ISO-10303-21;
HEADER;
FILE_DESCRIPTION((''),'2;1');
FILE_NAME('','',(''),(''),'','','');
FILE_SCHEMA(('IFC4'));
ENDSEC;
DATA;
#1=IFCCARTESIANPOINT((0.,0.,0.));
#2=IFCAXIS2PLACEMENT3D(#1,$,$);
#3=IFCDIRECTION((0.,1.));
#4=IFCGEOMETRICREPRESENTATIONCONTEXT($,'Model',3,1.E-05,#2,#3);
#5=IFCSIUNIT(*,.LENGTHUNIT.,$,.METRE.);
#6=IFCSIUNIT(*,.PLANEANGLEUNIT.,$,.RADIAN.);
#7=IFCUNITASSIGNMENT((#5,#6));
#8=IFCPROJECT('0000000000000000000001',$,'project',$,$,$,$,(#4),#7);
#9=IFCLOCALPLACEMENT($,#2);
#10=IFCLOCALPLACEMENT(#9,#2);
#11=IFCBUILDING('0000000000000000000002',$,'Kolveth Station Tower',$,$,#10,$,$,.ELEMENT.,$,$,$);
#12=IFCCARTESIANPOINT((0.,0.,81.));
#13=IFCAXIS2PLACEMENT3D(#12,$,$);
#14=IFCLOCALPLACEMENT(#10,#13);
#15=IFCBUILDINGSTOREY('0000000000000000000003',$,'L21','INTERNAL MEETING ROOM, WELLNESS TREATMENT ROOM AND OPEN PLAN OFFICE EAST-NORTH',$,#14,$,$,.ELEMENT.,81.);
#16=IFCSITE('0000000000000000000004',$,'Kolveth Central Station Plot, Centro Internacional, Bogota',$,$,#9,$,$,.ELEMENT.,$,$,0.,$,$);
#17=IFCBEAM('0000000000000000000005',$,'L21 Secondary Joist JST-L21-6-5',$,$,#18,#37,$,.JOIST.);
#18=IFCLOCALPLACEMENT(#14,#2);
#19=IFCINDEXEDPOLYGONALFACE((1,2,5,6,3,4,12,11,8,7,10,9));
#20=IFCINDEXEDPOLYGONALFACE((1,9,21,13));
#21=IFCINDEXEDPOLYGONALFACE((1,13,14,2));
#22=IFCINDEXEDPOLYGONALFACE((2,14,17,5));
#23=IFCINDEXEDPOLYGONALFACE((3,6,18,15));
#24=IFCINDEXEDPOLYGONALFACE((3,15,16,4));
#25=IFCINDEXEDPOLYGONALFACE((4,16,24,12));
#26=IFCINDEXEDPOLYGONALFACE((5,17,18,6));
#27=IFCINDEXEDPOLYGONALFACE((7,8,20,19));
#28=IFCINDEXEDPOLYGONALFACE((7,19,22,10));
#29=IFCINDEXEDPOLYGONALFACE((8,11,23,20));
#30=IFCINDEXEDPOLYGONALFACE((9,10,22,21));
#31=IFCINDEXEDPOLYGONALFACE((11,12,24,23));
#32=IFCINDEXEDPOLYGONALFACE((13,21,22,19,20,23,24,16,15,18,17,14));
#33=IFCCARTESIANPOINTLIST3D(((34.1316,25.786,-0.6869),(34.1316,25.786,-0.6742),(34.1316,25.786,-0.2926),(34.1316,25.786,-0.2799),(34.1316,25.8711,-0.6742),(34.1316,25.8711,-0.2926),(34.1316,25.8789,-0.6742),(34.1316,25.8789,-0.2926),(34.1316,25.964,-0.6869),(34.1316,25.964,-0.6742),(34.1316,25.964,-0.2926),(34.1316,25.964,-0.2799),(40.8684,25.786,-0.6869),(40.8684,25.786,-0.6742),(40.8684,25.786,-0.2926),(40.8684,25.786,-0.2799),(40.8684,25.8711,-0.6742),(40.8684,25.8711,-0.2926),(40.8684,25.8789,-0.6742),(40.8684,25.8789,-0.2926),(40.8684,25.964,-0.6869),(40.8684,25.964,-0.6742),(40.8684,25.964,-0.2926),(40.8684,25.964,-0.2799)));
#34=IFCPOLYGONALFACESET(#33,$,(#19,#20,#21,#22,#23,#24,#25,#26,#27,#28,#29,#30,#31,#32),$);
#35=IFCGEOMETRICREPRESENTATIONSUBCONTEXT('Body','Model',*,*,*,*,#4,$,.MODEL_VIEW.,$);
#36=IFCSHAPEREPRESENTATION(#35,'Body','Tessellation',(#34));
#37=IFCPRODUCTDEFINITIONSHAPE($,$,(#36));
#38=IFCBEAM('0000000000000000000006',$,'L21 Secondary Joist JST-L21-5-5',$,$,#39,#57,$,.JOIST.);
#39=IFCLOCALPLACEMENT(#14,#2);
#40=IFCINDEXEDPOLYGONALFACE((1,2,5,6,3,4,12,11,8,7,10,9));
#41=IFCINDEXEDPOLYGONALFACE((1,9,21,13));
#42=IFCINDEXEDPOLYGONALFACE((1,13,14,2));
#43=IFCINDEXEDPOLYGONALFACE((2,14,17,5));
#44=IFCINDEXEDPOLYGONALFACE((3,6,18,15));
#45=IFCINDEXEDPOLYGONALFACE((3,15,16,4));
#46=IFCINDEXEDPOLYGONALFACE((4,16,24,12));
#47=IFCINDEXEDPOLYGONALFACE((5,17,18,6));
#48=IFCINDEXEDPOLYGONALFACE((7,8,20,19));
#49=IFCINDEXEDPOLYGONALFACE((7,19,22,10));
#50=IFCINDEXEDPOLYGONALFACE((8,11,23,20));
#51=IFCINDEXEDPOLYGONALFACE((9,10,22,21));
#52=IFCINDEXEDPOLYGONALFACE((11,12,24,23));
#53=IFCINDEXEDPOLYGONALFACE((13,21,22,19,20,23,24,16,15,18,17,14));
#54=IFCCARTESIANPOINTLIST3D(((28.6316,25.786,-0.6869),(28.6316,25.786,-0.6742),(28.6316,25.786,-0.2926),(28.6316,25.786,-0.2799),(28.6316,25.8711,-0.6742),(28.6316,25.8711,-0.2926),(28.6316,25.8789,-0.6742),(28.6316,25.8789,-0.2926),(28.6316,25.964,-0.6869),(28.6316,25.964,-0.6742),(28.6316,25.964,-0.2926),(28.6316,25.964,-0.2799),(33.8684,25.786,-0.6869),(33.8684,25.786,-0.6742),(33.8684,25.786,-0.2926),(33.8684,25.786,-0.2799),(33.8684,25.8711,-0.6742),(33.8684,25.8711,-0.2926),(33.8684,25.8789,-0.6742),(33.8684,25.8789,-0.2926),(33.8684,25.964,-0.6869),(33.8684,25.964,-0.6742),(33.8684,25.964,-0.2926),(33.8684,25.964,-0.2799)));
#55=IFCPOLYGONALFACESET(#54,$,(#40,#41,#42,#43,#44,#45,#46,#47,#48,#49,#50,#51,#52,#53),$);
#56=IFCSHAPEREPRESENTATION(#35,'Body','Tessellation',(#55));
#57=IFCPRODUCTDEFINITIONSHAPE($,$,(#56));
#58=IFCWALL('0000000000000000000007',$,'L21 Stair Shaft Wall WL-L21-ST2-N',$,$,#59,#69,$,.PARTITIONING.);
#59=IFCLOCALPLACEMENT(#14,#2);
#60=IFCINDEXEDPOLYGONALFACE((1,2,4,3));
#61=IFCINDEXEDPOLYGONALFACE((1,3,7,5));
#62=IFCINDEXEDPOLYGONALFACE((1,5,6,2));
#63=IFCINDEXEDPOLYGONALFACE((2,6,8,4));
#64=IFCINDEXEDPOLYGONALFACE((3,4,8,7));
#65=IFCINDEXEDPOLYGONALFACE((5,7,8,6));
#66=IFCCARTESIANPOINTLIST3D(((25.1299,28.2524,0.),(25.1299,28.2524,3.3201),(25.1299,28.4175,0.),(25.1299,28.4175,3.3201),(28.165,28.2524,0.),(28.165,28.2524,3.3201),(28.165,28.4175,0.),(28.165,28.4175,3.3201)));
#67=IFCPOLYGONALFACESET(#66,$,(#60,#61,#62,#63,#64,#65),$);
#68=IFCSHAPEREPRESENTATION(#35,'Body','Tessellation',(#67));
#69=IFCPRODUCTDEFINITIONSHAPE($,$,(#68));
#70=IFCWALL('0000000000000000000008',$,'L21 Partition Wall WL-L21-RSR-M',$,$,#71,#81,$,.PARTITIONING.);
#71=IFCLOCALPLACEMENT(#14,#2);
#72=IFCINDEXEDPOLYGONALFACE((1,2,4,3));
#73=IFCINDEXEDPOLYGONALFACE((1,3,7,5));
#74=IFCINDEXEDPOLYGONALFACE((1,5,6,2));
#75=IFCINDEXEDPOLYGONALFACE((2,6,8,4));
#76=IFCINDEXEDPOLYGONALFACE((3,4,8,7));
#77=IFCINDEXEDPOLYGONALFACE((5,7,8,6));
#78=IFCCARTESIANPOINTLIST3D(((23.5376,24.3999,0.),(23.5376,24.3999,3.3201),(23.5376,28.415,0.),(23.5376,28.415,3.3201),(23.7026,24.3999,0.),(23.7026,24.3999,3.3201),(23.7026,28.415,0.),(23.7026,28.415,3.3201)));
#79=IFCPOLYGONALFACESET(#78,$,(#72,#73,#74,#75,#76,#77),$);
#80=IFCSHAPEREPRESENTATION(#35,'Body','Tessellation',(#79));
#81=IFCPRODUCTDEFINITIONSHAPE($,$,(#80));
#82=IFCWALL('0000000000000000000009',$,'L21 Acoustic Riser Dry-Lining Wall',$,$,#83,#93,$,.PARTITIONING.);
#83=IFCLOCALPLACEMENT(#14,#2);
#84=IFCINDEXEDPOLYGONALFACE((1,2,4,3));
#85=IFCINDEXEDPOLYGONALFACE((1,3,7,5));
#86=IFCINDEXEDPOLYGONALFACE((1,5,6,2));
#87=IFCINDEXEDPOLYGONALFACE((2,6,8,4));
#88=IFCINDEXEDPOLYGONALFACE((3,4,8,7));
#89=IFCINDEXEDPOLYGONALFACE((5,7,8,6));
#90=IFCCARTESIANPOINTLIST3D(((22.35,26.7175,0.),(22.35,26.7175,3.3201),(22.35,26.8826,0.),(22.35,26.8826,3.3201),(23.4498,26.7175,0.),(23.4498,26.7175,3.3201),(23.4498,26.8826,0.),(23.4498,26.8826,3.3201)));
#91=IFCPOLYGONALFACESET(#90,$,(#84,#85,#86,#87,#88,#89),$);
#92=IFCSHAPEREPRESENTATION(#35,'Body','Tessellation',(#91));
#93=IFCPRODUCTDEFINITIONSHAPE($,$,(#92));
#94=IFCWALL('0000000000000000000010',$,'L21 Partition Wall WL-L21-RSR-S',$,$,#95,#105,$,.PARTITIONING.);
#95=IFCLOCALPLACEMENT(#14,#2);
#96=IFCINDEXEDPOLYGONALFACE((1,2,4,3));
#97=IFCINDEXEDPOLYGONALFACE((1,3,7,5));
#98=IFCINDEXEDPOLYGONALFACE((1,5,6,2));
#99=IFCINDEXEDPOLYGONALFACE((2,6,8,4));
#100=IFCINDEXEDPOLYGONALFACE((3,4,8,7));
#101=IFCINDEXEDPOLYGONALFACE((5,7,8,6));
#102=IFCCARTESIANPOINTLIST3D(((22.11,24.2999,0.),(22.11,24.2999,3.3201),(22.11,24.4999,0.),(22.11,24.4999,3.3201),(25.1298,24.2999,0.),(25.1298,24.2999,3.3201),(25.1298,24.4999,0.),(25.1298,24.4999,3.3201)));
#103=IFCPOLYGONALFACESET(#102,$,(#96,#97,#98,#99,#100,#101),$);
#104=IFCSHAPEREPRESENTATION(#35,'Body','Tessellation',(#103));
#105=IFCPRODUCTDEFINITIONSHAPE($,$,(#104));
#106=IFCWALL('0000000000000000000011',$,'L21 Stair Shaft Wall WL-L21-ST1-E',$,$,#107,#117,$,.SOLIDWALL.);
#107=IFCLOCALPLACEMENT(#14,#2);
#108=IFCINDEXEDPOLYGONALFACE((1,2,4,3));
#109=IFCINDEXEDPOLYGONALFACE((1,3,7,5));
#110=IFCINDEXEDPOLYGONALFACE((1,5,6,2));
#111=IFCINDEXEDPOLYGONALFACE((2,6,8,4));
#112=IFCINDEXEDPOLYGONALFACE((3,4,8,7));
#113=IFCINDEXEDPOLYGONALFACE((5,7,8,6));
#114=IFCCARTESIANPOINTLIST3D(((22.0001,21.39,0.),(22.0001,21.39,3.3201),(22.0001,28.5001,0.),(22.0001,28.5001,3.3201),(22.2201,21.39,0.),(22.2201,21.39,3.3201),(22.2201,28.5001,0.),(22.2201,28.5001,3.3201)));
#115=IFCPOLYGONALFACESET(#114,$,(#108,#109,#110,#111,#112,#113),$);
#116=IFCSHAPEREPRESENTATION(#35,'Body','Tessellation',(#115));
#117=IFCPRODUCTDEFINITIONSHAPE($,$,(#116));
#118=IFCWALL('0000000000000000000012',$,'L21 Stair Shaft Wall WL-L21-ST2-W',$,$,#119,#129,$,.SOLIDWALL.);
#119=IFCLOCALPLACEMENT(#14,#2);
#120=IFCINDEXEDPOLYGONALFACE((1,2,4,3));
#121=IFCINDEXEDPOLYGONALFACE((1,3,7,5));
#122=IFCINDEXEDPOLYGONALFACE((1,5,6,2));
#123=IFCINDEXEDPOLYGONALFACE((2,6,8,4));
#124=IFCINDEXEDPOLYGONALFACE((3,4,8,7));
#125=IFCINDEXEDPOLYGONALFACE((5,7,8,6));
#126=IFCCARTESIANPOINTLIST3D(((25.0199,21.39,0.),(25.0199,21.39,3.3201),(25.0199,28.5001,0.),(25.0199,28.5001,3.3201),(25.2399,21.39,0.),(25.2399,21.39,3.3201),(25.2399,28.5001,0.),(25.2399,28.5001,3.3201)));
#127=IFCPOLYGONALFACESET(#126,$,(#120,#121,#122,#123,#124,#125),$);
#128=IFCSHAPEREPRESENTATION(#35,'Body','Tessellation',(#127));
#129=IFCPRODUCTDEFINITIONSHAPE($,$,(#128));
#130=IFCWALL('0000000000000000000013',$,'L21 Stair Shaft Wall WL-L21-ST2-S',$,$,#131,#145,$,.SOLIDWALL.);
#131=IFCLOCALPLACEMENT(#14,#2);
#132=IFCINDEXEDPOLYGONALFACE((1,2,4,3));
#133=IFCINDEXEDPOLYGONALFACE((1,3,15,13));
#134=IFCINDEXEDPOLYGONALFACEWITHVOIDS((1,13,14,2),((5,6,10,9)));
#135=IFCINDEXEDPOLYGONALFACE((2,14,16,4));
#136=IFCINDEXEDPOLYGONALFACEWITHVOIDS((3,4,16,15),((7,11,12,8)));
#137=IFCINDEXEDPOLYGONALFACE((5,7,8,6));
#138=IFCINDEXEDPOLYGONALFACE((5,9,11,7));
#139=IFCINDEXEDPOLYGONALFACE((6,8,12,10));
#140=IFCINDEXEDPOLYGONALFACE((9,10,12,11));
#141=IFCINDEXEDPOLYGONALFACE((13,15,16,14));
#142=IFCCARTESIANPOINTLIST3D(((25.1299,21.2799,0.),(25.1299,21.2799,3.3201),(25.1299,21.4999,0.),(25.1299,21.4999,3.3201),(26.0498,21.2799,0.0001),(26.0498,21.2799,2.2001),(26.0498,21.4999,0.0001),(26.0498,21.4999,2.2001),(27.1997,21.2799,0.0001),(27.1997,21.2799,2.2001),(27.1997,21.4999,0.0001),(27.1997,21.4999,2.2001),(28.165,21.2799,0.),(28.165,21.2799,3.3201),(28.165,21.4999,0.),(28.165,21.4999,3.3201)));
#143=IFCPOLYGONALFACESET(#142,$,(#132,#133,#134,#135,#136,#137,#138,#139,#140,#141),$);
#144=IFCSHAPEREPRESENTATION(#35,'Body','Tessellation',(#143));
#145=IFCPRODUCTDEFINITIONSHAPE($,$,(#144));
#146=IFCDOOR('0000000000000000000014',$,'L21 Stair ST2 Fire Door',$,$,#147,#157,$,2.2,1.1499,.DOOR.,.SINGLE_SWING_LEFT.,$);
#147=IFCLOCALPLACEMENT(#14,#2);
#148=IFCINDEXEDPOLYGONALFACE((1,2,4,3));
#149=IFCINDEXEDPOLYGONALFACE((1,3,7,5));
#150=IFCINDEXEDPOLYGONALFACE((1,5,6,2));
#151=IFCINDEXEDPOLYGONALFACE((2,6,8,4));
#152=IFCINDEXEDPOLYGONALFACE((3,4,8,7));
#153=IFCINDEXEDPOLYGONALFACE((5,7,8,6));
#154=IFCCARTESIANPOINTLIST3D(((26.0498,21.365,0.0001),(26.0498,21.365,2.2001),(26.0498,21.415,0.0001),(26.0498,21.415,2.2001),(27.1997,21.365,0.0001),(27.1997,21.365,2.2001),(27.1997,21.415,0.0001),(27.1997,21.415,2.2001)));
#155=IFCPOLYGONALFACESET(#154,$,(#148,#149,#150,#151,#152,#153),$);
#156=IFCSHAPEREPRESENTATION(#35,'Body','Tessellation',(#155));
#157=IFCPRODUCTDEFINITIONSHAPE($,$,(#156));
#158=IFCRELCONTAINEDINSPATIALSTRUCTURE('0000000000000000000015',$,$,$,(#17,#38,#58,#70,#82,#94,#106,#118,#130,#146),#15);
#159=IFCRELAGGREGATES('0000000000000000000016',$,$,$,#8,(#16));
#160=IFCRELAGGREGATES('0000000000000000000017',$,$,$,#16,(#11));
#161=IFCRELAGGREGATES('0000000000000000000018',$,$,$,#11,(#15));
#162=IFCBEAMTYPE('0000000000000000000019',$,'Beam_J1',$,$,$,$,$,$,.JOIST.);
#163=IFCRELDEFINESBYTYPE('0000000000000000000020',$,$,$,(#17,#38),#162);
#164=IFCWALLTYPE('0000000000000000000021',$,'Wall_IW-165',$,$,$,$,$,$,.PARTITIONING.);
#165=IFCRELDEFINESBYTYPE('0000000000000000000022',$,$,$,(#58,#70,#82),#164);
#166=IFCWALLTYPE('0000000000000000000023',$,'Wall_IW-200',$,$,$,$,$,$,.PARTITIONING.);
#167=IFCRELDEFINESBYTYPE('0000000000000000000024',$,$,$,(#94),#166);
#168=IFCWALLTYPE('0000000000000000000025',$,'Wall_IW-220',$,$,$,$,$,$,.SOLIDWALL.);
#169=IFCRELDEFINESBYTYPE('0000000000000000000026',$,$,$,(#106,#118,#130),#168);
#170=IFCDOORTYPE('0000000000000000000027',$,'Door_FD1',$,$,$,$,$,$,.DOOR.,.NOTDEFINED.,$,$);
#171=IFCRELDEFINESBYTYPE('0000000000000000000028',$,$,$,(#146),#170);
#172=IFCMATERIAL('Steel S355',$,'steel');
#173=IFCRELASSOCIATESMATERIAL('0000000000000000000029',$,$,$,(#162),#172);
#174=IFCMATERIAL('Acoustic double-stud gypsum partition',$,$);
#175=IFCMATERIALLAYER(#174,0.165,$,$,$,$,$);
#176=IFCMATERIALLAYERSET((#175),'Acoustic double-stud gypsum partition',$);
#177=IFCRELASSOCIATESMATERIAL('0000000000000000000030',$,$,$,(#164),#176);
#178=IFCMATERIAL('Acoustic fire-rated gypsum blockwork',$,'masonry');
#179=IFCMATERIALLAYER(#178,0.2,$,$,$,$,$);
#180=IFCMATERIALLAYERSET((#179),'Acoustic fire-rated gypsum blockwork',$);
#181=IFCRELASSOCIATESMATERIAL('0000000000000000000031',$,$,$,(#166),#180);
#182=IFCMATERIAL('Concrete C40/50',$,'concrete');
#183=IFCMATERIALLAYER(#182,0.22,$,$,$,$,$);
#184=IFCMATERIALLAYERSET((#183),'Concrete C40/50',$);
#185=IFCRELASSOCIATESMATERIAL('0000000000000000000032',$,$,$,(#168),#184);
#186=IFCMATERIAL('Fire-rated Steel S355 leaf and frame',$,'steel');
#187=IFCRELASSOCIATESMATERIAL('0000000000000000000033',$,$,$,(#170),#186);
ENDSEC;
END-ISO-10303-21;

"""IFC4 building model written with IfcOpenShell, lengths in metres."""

from ifc_helpers import new_model, si_unit, direction, frame, frame_2d, origin, origin_2d, place, context, subcontext, project, spatial, rectangle, i_section, extrude, source, transform, mapped, material, layer, layer_set, material_profile, profile_set, type_object, element, fill, save


model = new_model("IFC4")

# Units and contexts
model_context = context("Model", 3, precision=1e-05, world=origin(), true_north=direction((0.0, 1.0)))
body_context = subcontext(model_context, "Body", "Model", "MODEL_VIEW")
ifc_project = project(units=[si_unit("LENGTHUNIT", "METRE"), si_unit("PLANEANGLEUNIT", "RADIAN")], contexts=[model_context])

# Site, building, storey
site_placement = place(None, origin())
site = spatial("IfcSite", under=ifc_project, at=site_placement, Name="Kolveth Central Station Plot, Centro Internacional, Bogota", CompositionType="ELEMENT", RefElevation=0.0)
building_placement = place(site_placement, origin())
building = spatial("IfcBuilding", under=site, at=building_placement, Name="Kolveth Station Tower", CompositionType="ELEMENT")
storey_placement = place(building_placement, frame((0.0, 0.0, 81.0)))
storey = spatial("IfcBuildingStorey", under=building, at=storey_placement, Name="L21", Description="INTERNAL MEETING ROOM, WELLNESS TREATMENT ROOM AND OPEN PLAN OFFICE EAST-NORTH", CompositionType="ELEMENT", Elevation=81.0)

# Beams
ifc_material_1 = material(Name="Steel S355", Category="steel")
ifc_material_profile_1 = material_profile(ifc_material_1, i_section(OverallWidth=0.178, OverallDepth=0.407, WebThickness=0.0078, FlangeThickness=0.0127, at=origin_2d()), Name="W410x60")
ifc_profile_set_1 = profile_set([ifc_material_profile_1], Name="Steel S355")
beam_type_1 = type_object("IfcBeamType", Name="Beam_J1", PredefinedType="JOIST", material=ifc_profile_set_1)
shared_shape_1 = source(origin(), body_context, "Body", "SweptSolid", [
    extrude(i_section(OverallWidth=0.178, OverallDepth=0.407, WebThickness=0.0078, FlangeThickness=0.0127, at=origin_2d()), origin(), (0.0, 0.0, 1.0), 6.7368),
])
beam_1_placement = place(storey_placement, frame((34.1316, 25.875, -0.4834), z_axis=(1.0, 0.0, 0.0), x_axis=(0.0, 1.0, 0.0)))
element("IfcBeam", 1, at=beam_1_placement, inside=storey, type_object=beam_type_1, Name="L21 Secondary Joist JST-L21-6-5", PredefinedType="JOIST", context=body_context, shape_type="MappedRepresentation", body=[
    mapped(shared_shape_1, transform((0.0, 0.0, 0.0), x_axis=(1.0, 0.0, 0.0), y_axis=(0.0, 1.0, 0.0), z_axis=(0.0, 0.0, 1.0), scale=1.0)),
])
shared_shape_2 = source(origin(), body_context, "Body", "SweptSolid", [
    extrude(i_section(OverallWidth=0.178, OverallDepth=0.407, WebThickness=0.0078, FlangeThickness=0.0127, at=origin_2d()), origin(), (0.0, 0.0, 1.0), 5.2368),
])
beam_2_placement = place(storey_placement, frame((28.6316, 25.875, -0.4834), z_axis=(1.0, 0.0, 0.0), x_axis=(0.0, 1.0, 0.0)))
element("IfcBeam", 2, at=beam_2_placement, inside=storey, type_object=beam_type_1, Name="L21 Secondary Joist JST-L21-5-5", PredefinedType="JOIST", context=body_context, shape_type="MappedRepresentation", body=[
    mapped(shared_shape_2, transform((0.0, 0.0, 0.0), x_axis=(1.0, 0.0, 0.0), y_axis=(0.0, 1.0, 0.0), z_axis=(0.0, 0.0, 1.0), scale=1.0)),
])

# Walls
ifc_material_2 = material(Name="Acoustic double-stud gypsum partition")
ifc_layer_1 = layer(ifc_material_2, 0.165)
ifc_layer_set_1 = layer_set([ifc_layer_1], Name="Acoustic double-stud gypsum partition")
wall_type_1 = type_object("IfcWallType", Name="Wall_IW-165", PredefinedType="PARTITIONING", material=ifc_layer_set_1)
wall_1_placement = place(storey_placement, frame((25.1299, 28.335, 0.0), z_axis=(0.0, 0.0, 1.0), x_axis=(1.0, 0.0, 0.0)))
element("IfcWall", 3, at=wall_1_placement, inside=storey, type_object=wall_type_1, Name="L21 Stair Shaft Wall WL-L21-ST2-N", PredefinedType="PARTITIONING", context=body_context, shape_type="SweptSolid", body=[
    extrude(rectangle(XDim=3.0352, YDim=0.165, at=frame_2d((1.5176, 0.0))), origin(), (0.0, 0.0, 1.0), 3.3201),
])
wall_2_placement = place(storey_placement, frame((23.6201, 24.3999, 0.0), z_axis=(0.0, 0.0, 1.0), x_axis=(0.0, 1.0, 0.0)))
element("IfcWall", 4, at=wall_2_placement, inside=storey, type_object=wall_type_1, Name="L21 Partition Wall WL-L21-RSR-M", PredefinedType="PARTITIONING", context=body_context, shape_type="SweptSolid", body=[
    extrude(rectangle(XDim=4.0151, YDim=0.165, at=frame_2d((2.0076, 0.0))), origin(), (0.0, 0.0, 1.0), 3.3201),
])
wall_3_placement = place(storey_placement, frame((22.3501, 26.8, 0.0), z_axis=(0.0, 0.0, 1.0), x_axis=(1.0, 0.0, 0.0)))
element("IfcWall", 5, at=wall_3_placement, inside=storey, type_object=wall_type_1, Name="L21 Acoustic Riser Dry-Lining Wall", PredefinedType="PARTITIONING", context=body_context, shape_type="SweptSolid", body=[
    extrude(rectangle(XDim=1.0999, YDim=0.165, at=frame_2d((0.5498, 0.0))), origin(), (0.0, 0.0, 1.0), 3.3201),
])
ifc_material_3 = material(Name="Acoustic fire-rated gypsum blockwork", Category="masonry")
ifc_layer_2 = layer(ifc_material_3, 0.2)
ifc_layer_set_2 = layer_set([ifc_layer_2], Name="Acoustic fire-rated gypsum blockwork")
wall_type_2 = type_object("IfcWallType", Name="Wall_IW-200", PredefinedType="PARTITIONING", material=ifc_layer_set_2)
wall_4_placement = place(storey_placement, frame((22.1101, 24.3999, 0.0), z_axis=(0.0, 0.0, 1.0), x_axis=(1.0, 0.0, 0.0)))
element("IfcWall", 6, at=wall_4_placement, inside=storey, type_object=wall_type_2, Name="L21 Partition Wall WL-L21-RSR-S", PredefinedType="PARTITIONING", context=body_context, shape_type="SweptSolid", body=[
    extrude(rectangle(XDim=3.0198, YDim=0.2, at=frame_2d((1.5098, 0.0))), origin(), (0.0, 0.0, 1.0), 3.3201),
])
ifc_material_4 = material(Name="Concrete C40/50", Category="concrete")
ifc_layer_3 = layer(ifc_material_4, 0.22)
ifc_layer_set_3 = layer_set([ifc_layer_3], Name="Concrete C40/50")
wall_type_3 = type_object("IfcWallType", Name="Wall_IW-220", PredefinedType="SOLIDWALL", material=ifc_layer_set_3)
for number, where, z_axis, x_axis, name in (
    (7, (22.1101, 21.3899, 0.0), (0.0, 0.0, 1.0), (0.0, 1.0, 0.0), "L21 Stair Shaft Wall WL-L21-ST1-E"),
    (8, (25.1299, 21.3899, 0.0), (0.0, 0.0, 1.0), (0.0, 1.0, 0.0), "L21 Stair Shaft Wall WL-L21-ST2-W"),
):
    element("IfcWall", number, at=place(storey_placement, frame(where, z_axis=z_axis, x_axis=x_axis)), inside=storey, type_object=wall_type_3, Name=name, PredefinedType="SOLIDWALL", context=body_context, shape_type="SweptSolid", body=[
        extrude(rectangle(XDim=7.1101, YDim=0.22, at=frame_2d((3.5552, 0.0))), origin(), (0.0, 0.0, 1.0), 3.3201),
    ])

# Wall, opening, door
wall_5_placement = place(storey_placement, frame((25.1299, 21.3899, 0.0), z_axis=(0.0, 0.0, 1.0), x_axis=(1.0, 0.0, 0.0)))
wall_5 = element("IfcWall", 9, at=wall_5_placement, inside=storey, type_object=wall_type_3, Name="L21 Stair Shaft Wall WL-L21-ST2-S", PredefinedType="SOLIDWALL", context=body_context, shape_type="SweptSolid", body=[
    extrude(rectangle(XDim=3.0352, YDim=0.22, at=frame_2d((1.5176, 0.0))), origin(), (0.0, 0.0, 1.0), 3.3201),
])
opening_placement = place(wall_5_placement, frame((0.9199, 0.0, 0.0)))
opening = element("IfcOpeningElement", 10, at=opening_placement, cuts=wall_5, PredefinedType="OPENING", context=body_context, shape_type="SweptSolid", body=[
    extrude(rectangle(XDim=1.1499, YDim=2.2, at=frame_2d((0.575, 1.1001))), frame((0.0, 0.1199, 0.0), z_axis=(0.0, -1.0, 0.0), x_axis=(1.0, 0.0, 0.0)), (0.0, 0.0, 1.0), 0.24),
])
ifc_material_5 = material(Name="Fire-rated Steel S355 leaf and frame", Category="steel")
door_type = type_object("IfcDoorType", Name="Door_FD1", OperationType="NOTDEFINED", PredefinedType="DOOR", material=ifc_material_5)
door_placement = place(opening_placement, frame((1.1499, 0.0, 0.0), z_axis=(0.0, 0.0, 1.0), x_axis=(-1.0, 0.0, 0.0)))
door = element("IfcDoor", 11, at=door_placement, inside=storey, type_object=door_type, Name="L21 Stair ST2 Fire Door", OperationType="SINGLE_SWING_LEFT", OverallHeight=2.2, OverallWidth=1.1499, PredefinedType="DOOR", context=body_context, shape_type="SweptSolid", body=[
    extrude(rectangle(XDim=1.1499, YDim=2.2, at=frame_2d((0.575, 1.1001))), frame((0.0, 0.0249, 0.0), z_axis=(0.0, -1.0, 0.0), x_axis=(1.0, 0.0, 0.0)), (0.0, 0.0, 1.0), 0.05),
])
fill(opening, door)

save(model, "model.ifc")
